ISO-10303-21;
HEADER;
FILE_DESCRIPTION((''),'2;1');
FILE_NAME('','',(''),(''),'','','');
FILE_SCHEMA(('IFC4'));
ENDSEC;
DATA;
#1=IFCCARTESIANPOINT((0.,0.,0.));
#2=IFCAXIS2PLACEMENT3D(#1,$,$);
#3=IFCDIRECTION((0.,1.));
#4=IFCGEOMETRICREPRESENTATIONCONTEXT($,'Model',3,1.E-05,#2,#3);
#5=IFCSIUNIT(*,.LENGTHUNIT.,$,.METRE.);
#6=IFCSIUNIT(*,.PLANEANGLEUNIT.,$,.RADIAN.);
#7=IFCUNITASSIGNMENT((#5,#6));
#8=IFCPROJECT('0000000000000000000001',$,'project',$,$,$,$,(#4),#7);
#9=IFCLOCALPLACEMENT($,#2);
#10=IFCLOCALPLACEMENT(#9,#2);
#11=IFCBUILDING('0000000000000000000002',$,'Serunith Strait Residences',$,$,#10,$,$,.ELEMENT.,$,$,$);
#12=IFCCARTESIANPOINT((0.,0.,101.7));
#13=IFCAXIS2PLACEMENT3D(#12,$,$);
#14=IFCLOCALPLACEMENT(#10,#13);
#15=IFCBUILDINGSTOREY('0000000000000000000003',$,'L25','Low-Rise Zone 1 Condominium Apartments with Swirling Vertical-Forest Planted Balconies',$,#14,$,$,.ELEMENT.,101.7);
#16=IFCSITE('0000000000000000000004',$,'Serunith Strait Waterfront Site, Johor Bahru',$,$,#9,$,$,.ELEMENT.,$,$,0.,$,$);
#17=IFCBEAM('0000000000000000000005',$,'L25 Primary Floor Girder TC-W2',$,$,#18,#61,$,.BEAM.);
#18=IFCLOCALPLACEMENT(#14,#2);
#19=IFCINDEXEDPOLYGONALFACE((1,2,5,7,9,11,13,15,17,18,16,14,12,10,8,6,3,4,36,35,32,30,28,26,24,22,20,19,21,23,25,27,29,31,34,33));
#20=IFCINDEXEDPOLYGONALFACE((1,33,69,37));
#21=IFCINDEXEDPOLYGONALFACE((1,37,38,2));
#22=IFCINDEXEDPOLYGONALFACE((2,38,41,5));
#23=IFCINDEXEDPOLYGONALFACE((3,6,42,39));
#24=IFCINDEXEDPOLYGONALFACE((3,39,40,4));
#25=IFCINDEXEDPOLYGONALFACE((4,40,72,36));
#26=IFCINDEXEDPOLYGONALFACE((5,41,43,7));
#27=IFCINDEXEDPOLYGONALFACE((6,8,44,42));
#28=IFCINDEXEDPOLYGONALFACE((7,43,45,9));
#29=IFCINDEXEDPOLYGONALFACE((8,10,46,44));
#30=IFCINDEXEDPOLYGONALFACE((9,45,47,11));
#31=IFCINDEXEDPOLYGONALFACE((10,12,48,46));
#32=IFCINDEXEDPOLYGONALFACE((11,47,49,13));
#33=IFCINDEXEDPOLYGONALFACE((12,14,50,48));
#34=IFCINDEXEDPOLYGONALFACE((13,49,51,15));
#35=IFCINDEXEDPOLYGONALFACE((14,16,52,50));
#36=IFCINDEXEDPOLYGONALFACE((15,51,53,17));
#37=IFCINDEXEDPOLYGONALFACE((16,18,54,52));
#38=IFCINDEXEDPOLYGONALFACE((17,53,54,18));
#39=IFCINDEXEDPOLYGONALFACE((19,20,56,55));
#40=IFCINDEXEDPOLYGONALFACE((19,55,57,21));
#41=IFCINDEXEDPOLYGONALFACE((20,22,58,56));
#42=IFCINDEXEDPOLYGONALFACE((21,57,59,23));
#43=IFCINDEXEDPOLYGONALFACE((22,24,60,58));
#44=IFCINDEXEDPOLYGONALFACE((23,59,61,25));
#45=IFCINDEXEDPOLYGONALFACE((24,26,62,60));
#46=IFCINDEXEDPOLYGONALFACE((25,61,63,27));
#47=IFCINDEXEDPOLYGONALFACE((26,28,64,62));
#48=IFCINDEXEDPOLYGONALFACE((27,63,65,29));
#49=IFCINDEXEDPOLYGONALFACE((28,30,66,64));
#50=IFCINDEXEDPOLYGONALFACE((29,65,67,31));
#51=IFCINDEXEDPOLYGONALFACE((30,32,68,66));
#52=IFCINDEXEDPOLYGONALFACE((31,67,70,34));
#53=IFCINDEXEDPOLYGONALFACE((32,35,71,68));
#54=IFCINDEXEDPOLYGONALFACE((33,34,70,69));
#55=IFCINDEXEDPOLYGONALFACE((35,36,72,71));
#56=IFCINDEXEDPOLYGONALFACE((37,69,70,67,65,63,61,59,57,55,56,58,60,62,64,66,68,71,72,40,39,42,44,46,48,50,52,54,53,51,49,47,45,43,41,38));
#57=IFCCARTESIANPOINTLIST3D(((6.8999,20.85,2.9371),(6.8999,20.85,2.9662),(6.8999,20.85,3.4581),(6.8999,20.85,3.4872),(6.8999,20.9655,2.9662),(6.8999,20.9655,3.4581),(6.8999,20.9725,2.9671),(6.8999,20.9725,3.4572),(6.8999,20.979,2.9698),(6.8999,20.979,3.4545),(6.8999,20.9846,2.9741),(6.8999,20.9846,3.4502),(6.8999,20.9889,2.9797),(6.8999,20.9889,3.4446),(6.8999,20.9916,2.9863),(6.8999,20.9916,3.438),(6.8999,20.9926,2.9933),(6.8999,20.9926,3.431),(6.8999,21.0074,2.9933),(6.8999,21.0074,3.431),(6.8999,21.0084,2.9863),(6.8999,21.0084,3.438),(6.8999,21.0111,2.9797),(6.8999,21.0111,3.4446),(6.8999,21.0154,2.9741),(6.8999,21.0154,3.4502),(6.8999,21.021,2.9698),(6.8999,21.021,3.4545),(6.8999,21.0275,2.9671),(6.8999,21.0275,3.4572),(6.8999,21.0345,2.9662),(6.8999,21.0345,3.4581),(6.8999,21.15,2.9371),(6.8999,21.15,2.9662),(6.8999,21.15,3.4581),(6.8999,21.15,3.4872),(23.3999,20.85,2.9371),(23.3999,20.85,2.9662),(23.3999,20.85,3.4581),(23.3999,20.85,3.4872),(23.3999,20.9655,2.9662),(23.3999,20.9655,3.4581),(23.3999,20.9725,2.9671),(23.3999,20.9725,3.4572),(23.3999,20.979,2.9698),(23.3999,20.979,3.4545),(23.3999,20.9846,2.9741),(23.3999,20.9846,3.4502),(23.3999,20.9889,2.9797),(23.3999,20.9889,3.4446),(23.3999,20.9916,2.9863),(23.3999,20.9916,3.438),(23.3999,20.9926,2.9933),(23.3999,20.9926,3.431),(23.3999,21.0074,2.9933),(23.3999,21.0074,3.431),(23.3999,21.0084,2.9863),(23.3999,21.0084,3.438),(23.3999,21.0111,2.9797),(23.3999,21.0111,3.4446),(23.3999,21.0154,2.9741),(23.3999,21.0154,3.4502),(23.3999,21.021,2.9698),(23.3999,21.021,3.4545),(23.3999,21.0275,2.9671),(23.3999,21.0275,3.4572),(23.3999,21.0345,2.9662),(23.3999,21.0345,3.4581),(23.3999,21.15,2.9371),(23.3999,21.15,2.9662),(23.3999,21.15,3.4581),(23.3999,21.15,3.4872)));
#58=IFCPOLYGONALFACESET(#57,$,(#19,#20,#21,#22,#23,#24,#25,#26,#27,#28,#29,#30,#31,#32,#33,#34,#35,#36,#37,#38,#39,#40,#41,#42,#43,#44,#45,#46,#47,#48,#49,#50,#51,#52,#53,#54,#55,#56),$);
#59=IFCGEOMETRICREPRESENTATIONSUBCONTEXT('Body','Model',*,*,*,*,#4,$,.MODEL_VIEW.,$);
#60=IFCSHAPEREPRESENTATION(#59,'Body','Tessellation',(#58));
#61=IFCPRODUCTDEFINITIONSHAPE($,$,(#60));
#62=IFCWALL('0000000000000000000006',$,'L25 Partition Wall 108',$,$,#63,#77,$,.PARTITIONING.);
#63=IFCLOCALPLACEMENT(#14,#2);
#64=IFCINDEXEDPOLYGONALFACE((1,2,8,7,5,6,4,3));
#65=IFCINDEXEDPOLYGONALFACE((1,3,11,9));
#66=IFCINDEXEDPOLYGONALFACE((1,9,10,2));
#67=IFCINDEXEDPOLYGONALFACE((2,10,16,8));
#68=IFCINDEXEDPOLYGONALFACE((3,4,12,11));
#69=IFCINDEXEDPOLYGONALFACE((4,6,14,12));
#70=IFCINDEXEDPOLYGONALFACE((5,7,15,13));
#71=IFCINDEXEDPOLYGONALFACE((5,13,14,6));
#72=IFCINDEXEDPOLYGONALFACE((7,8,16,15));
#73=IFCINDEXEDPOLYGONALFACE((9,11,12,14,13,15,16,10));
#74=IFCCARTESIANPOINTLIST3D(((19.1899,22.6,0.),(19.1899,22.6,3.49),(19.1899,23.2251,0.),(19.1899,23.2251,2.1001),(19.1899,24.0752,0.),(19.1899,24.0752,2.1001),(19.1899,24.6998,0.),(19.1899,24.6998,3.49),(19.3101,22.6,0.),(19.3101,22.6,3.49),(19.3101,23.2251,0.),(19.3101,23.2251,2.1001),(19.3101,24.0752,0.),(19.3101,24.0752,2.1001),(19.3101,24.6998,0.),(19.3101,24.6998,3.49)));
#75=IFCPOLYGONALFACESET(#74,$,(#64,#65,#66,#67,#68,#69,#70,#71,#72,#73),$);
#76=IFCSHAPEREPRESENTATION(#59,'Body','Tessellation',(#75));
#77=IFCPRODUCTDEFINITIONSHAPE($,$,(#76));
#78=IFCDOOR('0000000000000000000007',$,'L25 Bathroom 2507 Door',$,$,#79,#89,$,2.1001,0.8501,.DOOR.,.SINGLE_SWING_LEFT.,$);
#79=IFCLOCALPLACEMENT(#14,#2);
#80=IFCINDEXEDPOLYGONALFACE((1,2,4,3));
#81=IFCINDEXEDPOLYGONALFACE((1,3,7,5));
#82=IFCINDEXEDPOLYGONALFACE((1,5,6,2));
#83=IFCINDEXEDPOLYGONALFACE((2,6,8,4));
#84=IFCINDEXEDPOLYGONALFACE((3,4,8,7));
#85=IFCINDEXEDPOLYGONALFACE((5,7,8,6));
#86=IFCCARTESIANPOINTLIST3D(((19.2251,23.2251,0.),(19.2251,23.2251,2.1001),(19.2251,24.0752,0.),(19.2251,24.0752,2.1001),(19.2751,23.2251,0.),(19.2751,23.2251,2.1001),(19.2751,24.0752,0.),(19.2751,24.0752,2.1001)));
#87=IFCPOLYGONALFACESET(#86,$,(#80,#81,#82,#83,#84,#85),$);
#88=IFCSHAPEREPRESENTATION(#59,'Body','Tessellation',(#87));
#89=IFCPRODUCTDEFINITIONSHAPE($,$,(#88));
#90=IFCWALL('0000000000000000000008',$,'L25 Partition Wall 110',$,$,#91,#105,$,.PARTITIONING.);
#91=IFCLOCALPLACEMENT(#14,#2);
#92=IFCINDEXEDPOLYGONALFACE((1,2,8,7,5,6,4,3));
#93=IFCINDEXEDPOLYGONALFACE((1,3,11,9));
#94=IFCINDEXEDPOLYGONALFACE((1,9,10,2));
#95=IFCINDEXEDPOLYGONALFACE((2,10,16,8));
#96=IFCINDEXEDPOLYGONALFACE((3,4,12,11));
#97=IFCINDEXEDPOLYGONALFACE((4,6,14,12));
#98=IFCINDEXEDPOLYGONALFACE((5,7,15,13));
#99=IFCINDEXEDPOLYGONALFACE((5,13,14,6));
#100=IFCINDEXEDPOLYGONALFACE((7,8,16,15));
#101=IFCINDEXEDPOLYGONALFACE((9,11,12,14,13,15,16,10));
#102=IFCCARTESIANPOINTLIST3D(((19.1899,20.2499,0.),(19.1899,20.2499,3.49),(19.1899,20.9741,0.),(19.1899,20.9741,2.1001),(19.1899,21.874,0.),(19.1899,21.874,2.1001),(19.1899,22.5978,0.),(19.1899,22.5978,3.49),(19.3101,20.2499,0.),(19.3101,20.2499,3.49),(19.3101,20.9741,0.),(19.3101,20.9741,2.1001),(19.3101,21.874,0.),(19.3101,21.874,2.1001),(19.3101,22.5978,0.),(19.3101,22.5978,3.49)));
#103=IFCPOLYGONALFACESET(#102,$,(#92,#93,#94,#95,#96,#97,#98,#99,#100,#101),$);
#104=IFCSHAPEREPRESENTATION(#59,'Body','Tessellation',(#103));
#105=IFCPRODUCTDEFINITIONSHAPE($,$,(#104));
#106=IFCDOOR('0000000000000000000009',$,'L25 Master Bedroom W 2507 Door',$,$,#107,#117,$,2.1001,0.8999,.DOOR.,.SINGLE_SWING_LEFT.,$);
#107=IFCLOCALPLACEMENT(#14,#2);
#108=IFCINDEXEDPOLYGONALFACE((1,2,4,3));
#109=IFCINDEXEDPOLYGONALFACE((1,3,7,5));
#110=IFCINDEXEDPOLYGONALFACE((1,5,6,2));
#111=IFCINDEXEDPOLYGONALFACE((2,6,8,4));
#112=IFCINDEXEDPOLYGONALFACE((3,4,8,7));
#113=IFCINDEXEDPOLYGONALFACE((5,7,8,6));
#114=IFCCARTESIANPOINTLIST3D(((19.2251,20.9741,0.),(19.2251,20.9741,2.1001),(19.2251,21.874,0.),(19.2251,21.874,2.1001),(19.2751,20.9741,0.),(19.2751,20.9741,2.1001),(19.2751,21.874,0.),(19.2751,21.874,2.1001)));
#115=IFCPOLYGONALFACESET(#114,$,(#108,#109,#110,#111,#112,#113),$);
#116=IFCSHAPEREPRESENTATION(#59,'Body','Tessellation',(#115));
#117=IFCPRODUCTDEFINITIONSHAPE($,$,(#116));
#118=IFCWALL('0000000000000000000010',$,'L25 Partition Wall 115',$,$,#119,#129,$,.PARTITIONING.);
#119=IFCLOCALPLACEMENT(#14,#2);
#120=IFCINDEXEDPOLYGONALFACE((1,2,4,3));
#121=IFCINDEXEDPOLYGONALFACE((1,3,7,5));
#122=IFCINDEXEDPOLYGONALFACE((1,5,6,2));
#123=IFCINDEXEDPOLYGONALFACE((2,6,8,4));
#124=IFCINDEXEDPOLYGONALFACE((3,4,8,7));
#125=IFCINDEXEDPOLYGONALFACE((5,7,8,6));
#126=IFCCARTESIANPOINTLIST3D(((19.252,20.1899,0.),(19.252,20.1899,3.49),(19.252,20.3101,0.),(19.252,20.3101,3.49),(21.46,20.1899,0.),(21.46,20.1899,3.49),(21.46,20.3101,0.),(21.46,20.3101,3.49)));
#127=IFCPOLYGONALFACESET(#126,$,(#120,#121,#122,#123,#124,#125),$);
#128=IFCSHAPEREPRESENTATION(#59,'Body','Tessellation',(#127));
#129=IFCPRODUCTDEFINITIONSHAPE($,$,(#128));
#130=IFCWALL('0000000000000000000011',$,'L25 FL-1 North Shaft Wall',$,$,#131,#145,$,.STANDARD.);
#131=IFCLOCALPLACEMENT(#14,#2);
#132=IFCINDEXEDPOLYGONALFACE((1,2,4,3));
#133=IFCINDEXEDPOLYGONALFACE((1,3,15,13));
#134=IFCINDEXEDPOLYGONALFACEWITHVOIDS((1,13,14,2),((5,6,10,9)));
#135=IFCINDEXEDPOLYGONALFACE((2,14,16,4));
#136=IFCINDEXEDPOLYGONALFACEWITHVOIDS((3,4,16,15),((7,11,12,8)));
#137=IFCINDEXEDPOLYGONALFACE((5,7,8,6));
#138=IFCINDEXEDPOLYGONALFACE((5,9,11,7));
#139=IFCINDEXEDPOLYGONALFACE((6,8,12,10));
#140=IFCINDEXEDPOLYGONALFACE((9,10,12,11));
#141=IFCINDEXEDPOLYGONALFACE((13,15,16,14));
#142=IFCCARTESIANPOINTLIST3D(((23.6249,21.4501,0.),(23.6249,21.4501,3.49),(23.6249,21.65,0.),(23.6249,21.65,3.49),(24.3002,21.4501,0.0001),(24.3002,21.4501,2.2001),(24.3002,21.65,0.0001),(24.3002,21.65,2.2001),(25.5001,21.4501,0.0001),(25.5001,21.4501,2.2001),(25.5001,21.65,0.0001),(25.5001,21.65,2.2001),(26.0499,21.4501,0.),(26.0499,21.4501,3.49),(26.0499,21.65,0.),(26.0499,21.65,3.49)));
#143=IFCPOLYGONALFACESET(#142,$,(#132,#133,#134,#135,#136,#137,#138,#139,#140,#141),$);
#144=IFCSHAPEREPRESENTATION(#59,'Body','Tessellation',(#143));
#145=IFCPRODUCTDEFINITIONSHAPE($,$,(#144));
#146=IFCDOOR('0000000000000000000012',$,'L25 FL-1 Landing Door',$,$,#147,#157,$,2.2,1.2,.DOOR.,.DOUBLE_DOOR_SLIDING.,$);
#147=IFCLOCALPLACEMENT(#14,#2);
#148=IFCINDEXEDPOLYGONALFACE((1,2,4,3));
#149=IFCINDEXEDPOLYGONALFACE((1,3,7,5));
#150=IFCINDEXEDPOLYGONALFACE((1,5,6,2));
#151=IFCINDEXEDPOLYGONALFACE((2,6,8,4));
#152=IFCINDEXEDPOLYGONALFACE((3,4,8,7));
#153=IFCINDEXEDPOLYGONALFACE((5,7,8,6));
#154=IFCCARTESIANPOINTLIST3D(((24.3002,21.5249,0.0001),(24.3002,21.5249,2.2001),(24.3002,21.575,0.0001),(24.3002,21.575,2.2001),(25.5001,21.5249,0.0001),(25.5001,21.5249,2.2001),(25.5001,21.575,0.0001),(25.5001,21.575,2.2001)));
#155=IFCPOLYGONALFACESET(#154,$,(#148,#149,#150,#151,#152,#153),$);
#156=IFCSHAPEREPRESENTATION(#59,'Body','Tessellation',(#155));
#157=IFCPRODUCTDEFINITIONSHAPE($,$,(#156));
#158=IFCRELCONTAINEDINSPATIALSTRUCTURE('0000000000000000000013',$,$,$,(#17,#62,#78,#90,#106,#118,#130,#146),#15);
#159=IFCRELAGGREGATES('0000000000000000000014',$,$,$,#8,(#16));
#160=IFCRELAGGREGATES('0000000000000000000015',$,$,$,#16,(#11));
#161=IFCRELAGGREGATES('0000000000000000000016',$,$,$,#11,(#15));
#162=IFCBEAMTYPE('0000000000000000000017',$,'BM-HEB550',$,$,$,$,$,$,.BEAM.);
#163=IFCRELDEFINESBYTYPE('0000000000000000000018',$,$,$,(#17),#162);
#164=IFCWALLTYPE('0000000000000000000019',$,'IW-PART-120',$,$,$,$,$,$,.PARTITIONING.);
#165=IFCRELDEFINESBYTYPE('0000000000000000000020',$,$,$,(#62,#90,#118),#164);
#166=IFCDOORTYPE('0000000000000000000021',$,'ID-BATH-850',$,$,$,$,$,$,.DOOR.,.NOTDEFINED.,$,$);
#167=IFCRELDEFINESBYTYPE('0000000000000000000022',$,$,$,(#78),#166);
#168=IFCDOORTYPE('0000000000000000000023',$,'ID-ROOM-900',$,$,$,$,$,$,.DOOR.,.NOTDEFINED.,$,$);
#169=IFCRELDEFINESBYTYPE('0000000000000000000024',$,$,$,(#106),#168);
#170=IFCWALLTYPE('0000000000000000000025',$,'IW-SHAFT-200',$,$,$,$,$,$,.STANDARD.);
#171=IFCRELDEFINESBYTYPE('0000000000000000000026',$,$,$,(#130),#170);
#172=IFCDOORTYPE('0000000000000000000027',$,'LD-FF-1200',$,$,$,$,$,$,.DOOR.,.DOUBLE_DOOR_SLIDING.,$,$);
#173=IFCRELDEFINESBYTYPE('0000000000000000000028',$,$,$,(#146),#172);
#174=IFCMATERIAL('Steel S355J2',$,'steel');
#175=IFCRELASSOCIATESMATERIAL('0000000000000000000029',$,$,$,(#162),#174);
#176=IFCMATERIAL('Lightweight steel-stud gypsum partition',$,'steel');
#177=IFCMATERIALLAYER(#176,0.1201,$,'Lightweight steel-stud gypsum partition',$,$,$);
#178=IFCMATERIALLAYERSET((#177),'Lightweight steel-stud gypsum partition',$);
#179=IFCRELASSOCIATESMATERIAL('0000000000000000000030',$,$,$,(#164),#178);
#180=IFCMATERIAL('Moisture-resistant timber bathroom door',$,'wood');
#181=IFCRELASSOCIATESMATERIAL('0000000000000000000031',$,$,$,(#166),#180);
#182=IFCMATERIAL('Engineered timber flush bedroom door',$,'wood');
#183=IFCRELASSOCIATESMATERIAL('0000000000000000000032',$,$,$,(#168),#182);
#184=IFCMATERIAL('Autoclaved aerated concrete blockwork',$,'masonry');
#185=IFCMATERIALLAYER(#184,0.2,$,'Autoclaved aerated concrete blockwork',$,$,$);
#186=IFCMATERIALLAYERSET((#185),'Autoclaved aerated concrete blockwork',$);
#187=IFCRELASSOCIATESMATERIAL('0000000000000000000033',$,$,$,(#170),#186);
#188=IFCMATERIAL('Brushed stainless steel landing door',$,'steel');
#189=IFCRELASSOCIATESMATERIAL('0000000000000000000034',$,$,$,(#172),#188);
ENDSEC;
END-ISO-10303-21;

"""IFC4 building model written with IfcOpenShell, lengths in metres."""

from ifc_helpers import new_model, si_unit, direction, frame, frame_2d, origin, origin_2d, place, context, subcontext, project, spatial, rectangle, i_section, extrude, source, transform, mapped, material, layer, layer_set, material_profile, profile_set, type_object, element, fill, save


model = new_model("IFC4")

# Units and contexts
model_context = context("Model", 3, precision=1e-05, world=origin(), true_north=direction((0.0, 1.0)))
body_context = subcontext(model_context, "Body", "Model", "MODEL_VIEW")
ifc_project = project(units=[si_unit("LENGTHUNIT", "METRE"), si_unit("PLANEANGLEUNIT", "RADIAN")], contexts=[model_context])

# Site, building, storey
site_placement = place(None, origin())
site = spatial("IfcSite", under=ifc_project, at=site_placement, Name="Serunith Strait Waterfront Site, Johor Bahru", CompositionType="ELEMENT", RefElevation=0.0)
building_placement = place(site_placement, origin())
building = spatial("IfcBuilding", under=site, at=building_placement, Name="Serunith Strait Residences", CompositionType="ELEMENT")
storey_placement = place(building_placement, frame((0.0, 0.0, 101.7)))
storey = spatial("IfcBuildingStorey", under=building, at=storey_placement, Name="L25", Description="Low-Rise Zone 1 Condominium Apartments with Swirling Vertical-Forest Planted Balconies", CompositionType="ELEMENT", Elevation=101.7)

# Beam
ifc_material_1 = material(Name="Steel S355J2", Category="steel")
ifc_material_profile = material_profile(ifc_material_1, i_section(OverallWidth=0.3, OverallDepth=0.55, WebThickness=0.0149, FlangeThickness=0.0291, FilletRadius=0.0271, at=origin_2d()), Name="HEB 550")
ifc_profile_set = profile_set([ifc_material_profile], Name="Steel S355J2")
beam_type = type_object("IfcBeamType", Name="BM-HEB550", PredefinedType="BEAM", material=ifc_profile_set)
shared_shape_1 = source(origin(), body_context, "Body", "SweptSolid", [
    extrude(i_section(OverallWidth=0.3, OverallDepth=0.55, WebThickness=0.0149, FlangeThickness=0.0291, FilletRadius=0.0271, at=origin_2d()), origin(), (0.0, 0.0, 1.0), 16.5),
])
beam_placement = place(storey_placement, frame((23.3999, 21.0, 3.2122), z_axis=(-1.0, 0.0, 0.0), x_axis=(0.0, -1.0, 0.0)))
element("IfcBeam", 1, at=beam_placement, inside=storey, type_object=beam_type, Name="L25 Primary Floor Girder TC-W2", PredefinedType="BEAM", context=body_context, shape_type="MappedRepresentation", body=[
    mapped(shared_shape_1, transform((0.0, 0.0, 0.0), scale=1.0)),
])

# Walls, openings, doors
ifc_material_2 = material(Name="Lightweight steel-stud gypsum partition", Category="steel")
ifc_layer_1 = layer(ifc_material_2, 0.1201, Name="Lightweight steel-stud gypsum partition")
ifc_layer_set_1 = layer_set([ifc_layer_1], Name="Lightweight steel-stud gypsum partition")
wall_type_1 = type_object("IfcWallType", Name="IW-PART-120", PredefinedType="PARTITIONING", material=ifc_layer_set_1)
wall_1_placement = place(storey_placement, frame((19.25, 22.6001, 0.0), z_axis=(0.0, 0.0, 1.0), x_axis=(0.0, 1.0, 0.0)))
wall_1 = element("IfcWall", 2, at=wall_1_placement, inside=storey, type_object=wall_type_1, Name="L25 Partition Wall 108", PredefinedType="PARTITIONING", context=body_context, shape_type="SweptSolid", body=[
    extrude(rectangle(XDim=2.0999, YDim=0.1201, at=frame_2d((1.0498, 0.0))), origin(), (0.0, 0.0, 1.0), 3.49),
])
opening_1_placement = place(wall_1_placement, frame((0.625, 0.0, 0.0)))
opening_1 = element("IfcOpeningElement", 3, at=opening_1_placement, cuts=wall_1, PredefinedType="OPENING", context=body_context, shape_type="SweptSolid", body=[
    extrude(rectangle(XDim=0.8501, YDim=2.1001, at=frame_2d((0.425, 1.05))), frame((0.0, 0.0701, 0.0), z_axis=(0.0, -1.0, 0.0), x_axis=(1.0, 0.0, 0.0)), (0.0, 0.0, 1.0), 0.1401),
])
ifc_material_3 = material(Name="Moisture-resistant timber bathroom door", Category="wood")
door_type_1 = type_object("IfcDoorType", Name="ID-BATH-850", OperationType="NOTDEFINED", PredefinedType="DOOR", material=ifc_material_3)
shared_shape_2 = source(origin(), body_context, "Body", "SweptSolid", [
    extrude(rectangle(XDim=0.8501, YDim=2.1001, at=frame_2d((0.425, 1.05))), frame((0.0, 0.0249, 0.0), z_axis=(0.0, -1.0, 0.0), x_axis=(1.0, 0.0, 0.0)), (0.0, 0.0, 1.0), 0.05),
])
door_1_placement = place(opening_1_placement, origin())
door_1 = element("IfcDoor", 4, at=door_1_placement, inside=storey, type_object=door_type_1, Name="L25 Bathroom 2507 Door", OperationType="SINGLE_SWING_LEFT", OverallHeight=2.1001, OverallWidth=0.8501, PredefinedType="DOOR", context=body_context, shape_type="MappedRepresentation", body=[
    mapped(shared_shape_2, transform((0.0, 0.0, 0.0), scale=1.0)),
])
fill(opening_1, door_1)
wall_2_placement = place(storey_placement, frame((19.25, 20.25, 0.0), z_axis=(0.0, 0.0, 1.0), x_axis=(0.0, 1.0, 0.0)))
wall_2 = element("IfcWall", 5, at=wall_2_placement, inside=storey, type_object=wall_type_1, Name="L25 Partition Wall 110", PredefinedType="PARTITIONING", context=body_context, shape_type="SweptSolid", body=[
    extrude(rectangle(XDim=2.3479, YDim=0.1201, at=frame_2d((1.1738, 0.0))), origin(), (0.0, 0.0, 1.0), 3.49),
])
opening_2_placement = place(wall_2_placement, frame((0.7241, 0.0, 0.0)))
opening_2 = element("IfcOpeningElement", 6, at=opening_2_placement, cuts=wall_2, PredefinedType="OPENING", context=body_context, shape_type="SweptSolid", body=[
    extrude(rectangle(XDim=0.8999, YDim=2.1001, at=frame_2d((0.45, 1.05))), frame((0.0, 0.0701, 0.0), z_axis=(0.0, -1.0, 0.0), x_axis=(1.0, 0.0, 0.0)), (0.0, 0.0, 1.0), 0.1401),
])
ifc_material_4 = material(Name="Engineered timber flush bedroom door", Category="wood")
door_type_2 = type_object("IfcDoorType", Name="ID-ROOM-900", OperationType="NOTDEFINED", PredefinedType="DOOR", material=ifc_material_4)
shared_shape_3 = source(origin(), body_context, "Body", "SweptSolid", [
    extrude(rectangle(XDim=0.8999, YDim=2.1001, at=frame_2d((0.45, 1.05))), frame((0.0, 0.0249, 0.0), z_axis=(0.0, -1.0, 0.0), x_axis=(1.0, 0.0, 0.0)), (0.0, 0.0, 1.0), 0.05),
])
door_2_placement = place(opening_2_placement, origin())
door_2 = element("IfcDoor", 7, at=door_2_placement, inside=storey, type_object=door_type_2, Name="L25 Master Bedroom W 2507 Door", OperationType="SINGLE_SWING_LEFT", OverallHeight=2.1001, OverallWidth=0.8999, PredefinedType="DOOR", context=body_context, shape_type="MappedRepresentation", body=[
    mapped(shared_shape_3, transform((0.0, 0.0, 0.0), scale=1.0)),
])
fill(opening_2, door_2)

# Wall
wall_3_placement = place(storey_placement, frame((19.252, 20.25, 0.0), z_axis=(0.0, 0.0, 1.0), x_axis=(1.0, 0.0, 0.0)))
element("IfcWall", 8, at=wall_3_placement, inside=storey, type_object=wall_type_1, Name="L25 Partition Wall 115", PredefinedType="PARTITIONING", context=body_context, shape_type="SweptSolid", body=[
    extrude(rectangle(XDim=2.208, YDim=0.1201, at=frame_2d((1.104, 0.0))), origin(), (0.0, 0.0, 1.0), 3.49),
])

# Wall, opening, door
ifc_material_5 = material(Name="Autoclaved aerated concrete blockwork", Category="masonry")
ifc_layer_2 = layer(ifc_material_5, 0.2, Name="Autoclaved aerated concrete blockwork")
ifc_layer_set_2 = layer_set([ifc_layer_2], Name="Autoclaved aerated concrete blockwork")
wall_type_2 = type_object("IfcWallType", Name="IW-SHAFT-200", PredefinedType="STANDARD", material=ifc_layer_set_2)
wall_4_placement = place(storey_placement, frame((23.625, 21.55, 0.0), z_axis=(0.0, 0.0, 1.0), x_axis=(1.0, 0.0, 0.0)))
wall_4 = element("IfcWall", 9, at=wall_4_placement, inside=storey, type_object=wall_type_2, Name="L25 FL-1 North Shaft Wall", PredefinedType="STANDARD", context=body_context, shape_type="SweptSolid", body=[
    extrude(rectangle(XDim=2.425, YDim=0.2, at=frame_2d((1.2124, 0.0))), origin(), (0.0, 0.0, 1.0), 3.49),
])
opening_3_placement = place(wall_4_placement, frame((0.675, 0.0, 0.0)))
opening_3 = element("IfcOpeningElement", 10, at=opening_3_placement, cuts=wall_4, PredefinedType="OPENING", context=body_context, shape_type="SweptSolid", body=[
    extrude(rectangle(XDim=1.2, YDim=2.2, at=frame_2d((0.6001, 1.1001))), frame((0.0, 0.1099, 0.0), z_axis=(0.0, -1.0, 0.0), x_axis=(1.0, 0.0, 0.0)), (0.0, 0.0, 1.0), 0.22),
])
ifc_material_6 = material(Name="Brushed stainless steel landing door", Category="steel")
door_type_3 = type_object("IfcDoorType", Name="LD-FF-1200", OperationType="DOUBLE_DOOR_SLIDING", PredefinedType="DOOR", material=ifc_material_6)
shared_shape_4 = source(origin(), body_context, "Body", "SweptSolid", [
    extrude(rectangle(XDim=1.2, YDim=2.2, at=frame_2d((0.6001, 1.1001))), frame((0.0, 0.0249, 0.0), z_axis=(0.0, -1.0, 0.0), x_axis=(1.0, 0.0, 0.0)), (0.0, 0.0, 1.0), 0.05),
])
door_3_placement = place(opening_3_placement, origin())
door_3 = element("IfcDoor", 11, at=door_3_placement, inside=storey, type_object=door_type_3, Name="L25 FL-1 Landing Door", OperationType="DOUBLE_DOOR_SLIDING", OverallHeight=2.2, OverallWidth=1.2, PredefinedType="DOOR", context=body_context, shape_type="MappedRepresentation", body=[
    mapped(shared_shape_4, transform((0.0, 0.0, 0.0), scale=1.0)),
])
fill(opening_3, door_3)

save(model, "model.ifc")
